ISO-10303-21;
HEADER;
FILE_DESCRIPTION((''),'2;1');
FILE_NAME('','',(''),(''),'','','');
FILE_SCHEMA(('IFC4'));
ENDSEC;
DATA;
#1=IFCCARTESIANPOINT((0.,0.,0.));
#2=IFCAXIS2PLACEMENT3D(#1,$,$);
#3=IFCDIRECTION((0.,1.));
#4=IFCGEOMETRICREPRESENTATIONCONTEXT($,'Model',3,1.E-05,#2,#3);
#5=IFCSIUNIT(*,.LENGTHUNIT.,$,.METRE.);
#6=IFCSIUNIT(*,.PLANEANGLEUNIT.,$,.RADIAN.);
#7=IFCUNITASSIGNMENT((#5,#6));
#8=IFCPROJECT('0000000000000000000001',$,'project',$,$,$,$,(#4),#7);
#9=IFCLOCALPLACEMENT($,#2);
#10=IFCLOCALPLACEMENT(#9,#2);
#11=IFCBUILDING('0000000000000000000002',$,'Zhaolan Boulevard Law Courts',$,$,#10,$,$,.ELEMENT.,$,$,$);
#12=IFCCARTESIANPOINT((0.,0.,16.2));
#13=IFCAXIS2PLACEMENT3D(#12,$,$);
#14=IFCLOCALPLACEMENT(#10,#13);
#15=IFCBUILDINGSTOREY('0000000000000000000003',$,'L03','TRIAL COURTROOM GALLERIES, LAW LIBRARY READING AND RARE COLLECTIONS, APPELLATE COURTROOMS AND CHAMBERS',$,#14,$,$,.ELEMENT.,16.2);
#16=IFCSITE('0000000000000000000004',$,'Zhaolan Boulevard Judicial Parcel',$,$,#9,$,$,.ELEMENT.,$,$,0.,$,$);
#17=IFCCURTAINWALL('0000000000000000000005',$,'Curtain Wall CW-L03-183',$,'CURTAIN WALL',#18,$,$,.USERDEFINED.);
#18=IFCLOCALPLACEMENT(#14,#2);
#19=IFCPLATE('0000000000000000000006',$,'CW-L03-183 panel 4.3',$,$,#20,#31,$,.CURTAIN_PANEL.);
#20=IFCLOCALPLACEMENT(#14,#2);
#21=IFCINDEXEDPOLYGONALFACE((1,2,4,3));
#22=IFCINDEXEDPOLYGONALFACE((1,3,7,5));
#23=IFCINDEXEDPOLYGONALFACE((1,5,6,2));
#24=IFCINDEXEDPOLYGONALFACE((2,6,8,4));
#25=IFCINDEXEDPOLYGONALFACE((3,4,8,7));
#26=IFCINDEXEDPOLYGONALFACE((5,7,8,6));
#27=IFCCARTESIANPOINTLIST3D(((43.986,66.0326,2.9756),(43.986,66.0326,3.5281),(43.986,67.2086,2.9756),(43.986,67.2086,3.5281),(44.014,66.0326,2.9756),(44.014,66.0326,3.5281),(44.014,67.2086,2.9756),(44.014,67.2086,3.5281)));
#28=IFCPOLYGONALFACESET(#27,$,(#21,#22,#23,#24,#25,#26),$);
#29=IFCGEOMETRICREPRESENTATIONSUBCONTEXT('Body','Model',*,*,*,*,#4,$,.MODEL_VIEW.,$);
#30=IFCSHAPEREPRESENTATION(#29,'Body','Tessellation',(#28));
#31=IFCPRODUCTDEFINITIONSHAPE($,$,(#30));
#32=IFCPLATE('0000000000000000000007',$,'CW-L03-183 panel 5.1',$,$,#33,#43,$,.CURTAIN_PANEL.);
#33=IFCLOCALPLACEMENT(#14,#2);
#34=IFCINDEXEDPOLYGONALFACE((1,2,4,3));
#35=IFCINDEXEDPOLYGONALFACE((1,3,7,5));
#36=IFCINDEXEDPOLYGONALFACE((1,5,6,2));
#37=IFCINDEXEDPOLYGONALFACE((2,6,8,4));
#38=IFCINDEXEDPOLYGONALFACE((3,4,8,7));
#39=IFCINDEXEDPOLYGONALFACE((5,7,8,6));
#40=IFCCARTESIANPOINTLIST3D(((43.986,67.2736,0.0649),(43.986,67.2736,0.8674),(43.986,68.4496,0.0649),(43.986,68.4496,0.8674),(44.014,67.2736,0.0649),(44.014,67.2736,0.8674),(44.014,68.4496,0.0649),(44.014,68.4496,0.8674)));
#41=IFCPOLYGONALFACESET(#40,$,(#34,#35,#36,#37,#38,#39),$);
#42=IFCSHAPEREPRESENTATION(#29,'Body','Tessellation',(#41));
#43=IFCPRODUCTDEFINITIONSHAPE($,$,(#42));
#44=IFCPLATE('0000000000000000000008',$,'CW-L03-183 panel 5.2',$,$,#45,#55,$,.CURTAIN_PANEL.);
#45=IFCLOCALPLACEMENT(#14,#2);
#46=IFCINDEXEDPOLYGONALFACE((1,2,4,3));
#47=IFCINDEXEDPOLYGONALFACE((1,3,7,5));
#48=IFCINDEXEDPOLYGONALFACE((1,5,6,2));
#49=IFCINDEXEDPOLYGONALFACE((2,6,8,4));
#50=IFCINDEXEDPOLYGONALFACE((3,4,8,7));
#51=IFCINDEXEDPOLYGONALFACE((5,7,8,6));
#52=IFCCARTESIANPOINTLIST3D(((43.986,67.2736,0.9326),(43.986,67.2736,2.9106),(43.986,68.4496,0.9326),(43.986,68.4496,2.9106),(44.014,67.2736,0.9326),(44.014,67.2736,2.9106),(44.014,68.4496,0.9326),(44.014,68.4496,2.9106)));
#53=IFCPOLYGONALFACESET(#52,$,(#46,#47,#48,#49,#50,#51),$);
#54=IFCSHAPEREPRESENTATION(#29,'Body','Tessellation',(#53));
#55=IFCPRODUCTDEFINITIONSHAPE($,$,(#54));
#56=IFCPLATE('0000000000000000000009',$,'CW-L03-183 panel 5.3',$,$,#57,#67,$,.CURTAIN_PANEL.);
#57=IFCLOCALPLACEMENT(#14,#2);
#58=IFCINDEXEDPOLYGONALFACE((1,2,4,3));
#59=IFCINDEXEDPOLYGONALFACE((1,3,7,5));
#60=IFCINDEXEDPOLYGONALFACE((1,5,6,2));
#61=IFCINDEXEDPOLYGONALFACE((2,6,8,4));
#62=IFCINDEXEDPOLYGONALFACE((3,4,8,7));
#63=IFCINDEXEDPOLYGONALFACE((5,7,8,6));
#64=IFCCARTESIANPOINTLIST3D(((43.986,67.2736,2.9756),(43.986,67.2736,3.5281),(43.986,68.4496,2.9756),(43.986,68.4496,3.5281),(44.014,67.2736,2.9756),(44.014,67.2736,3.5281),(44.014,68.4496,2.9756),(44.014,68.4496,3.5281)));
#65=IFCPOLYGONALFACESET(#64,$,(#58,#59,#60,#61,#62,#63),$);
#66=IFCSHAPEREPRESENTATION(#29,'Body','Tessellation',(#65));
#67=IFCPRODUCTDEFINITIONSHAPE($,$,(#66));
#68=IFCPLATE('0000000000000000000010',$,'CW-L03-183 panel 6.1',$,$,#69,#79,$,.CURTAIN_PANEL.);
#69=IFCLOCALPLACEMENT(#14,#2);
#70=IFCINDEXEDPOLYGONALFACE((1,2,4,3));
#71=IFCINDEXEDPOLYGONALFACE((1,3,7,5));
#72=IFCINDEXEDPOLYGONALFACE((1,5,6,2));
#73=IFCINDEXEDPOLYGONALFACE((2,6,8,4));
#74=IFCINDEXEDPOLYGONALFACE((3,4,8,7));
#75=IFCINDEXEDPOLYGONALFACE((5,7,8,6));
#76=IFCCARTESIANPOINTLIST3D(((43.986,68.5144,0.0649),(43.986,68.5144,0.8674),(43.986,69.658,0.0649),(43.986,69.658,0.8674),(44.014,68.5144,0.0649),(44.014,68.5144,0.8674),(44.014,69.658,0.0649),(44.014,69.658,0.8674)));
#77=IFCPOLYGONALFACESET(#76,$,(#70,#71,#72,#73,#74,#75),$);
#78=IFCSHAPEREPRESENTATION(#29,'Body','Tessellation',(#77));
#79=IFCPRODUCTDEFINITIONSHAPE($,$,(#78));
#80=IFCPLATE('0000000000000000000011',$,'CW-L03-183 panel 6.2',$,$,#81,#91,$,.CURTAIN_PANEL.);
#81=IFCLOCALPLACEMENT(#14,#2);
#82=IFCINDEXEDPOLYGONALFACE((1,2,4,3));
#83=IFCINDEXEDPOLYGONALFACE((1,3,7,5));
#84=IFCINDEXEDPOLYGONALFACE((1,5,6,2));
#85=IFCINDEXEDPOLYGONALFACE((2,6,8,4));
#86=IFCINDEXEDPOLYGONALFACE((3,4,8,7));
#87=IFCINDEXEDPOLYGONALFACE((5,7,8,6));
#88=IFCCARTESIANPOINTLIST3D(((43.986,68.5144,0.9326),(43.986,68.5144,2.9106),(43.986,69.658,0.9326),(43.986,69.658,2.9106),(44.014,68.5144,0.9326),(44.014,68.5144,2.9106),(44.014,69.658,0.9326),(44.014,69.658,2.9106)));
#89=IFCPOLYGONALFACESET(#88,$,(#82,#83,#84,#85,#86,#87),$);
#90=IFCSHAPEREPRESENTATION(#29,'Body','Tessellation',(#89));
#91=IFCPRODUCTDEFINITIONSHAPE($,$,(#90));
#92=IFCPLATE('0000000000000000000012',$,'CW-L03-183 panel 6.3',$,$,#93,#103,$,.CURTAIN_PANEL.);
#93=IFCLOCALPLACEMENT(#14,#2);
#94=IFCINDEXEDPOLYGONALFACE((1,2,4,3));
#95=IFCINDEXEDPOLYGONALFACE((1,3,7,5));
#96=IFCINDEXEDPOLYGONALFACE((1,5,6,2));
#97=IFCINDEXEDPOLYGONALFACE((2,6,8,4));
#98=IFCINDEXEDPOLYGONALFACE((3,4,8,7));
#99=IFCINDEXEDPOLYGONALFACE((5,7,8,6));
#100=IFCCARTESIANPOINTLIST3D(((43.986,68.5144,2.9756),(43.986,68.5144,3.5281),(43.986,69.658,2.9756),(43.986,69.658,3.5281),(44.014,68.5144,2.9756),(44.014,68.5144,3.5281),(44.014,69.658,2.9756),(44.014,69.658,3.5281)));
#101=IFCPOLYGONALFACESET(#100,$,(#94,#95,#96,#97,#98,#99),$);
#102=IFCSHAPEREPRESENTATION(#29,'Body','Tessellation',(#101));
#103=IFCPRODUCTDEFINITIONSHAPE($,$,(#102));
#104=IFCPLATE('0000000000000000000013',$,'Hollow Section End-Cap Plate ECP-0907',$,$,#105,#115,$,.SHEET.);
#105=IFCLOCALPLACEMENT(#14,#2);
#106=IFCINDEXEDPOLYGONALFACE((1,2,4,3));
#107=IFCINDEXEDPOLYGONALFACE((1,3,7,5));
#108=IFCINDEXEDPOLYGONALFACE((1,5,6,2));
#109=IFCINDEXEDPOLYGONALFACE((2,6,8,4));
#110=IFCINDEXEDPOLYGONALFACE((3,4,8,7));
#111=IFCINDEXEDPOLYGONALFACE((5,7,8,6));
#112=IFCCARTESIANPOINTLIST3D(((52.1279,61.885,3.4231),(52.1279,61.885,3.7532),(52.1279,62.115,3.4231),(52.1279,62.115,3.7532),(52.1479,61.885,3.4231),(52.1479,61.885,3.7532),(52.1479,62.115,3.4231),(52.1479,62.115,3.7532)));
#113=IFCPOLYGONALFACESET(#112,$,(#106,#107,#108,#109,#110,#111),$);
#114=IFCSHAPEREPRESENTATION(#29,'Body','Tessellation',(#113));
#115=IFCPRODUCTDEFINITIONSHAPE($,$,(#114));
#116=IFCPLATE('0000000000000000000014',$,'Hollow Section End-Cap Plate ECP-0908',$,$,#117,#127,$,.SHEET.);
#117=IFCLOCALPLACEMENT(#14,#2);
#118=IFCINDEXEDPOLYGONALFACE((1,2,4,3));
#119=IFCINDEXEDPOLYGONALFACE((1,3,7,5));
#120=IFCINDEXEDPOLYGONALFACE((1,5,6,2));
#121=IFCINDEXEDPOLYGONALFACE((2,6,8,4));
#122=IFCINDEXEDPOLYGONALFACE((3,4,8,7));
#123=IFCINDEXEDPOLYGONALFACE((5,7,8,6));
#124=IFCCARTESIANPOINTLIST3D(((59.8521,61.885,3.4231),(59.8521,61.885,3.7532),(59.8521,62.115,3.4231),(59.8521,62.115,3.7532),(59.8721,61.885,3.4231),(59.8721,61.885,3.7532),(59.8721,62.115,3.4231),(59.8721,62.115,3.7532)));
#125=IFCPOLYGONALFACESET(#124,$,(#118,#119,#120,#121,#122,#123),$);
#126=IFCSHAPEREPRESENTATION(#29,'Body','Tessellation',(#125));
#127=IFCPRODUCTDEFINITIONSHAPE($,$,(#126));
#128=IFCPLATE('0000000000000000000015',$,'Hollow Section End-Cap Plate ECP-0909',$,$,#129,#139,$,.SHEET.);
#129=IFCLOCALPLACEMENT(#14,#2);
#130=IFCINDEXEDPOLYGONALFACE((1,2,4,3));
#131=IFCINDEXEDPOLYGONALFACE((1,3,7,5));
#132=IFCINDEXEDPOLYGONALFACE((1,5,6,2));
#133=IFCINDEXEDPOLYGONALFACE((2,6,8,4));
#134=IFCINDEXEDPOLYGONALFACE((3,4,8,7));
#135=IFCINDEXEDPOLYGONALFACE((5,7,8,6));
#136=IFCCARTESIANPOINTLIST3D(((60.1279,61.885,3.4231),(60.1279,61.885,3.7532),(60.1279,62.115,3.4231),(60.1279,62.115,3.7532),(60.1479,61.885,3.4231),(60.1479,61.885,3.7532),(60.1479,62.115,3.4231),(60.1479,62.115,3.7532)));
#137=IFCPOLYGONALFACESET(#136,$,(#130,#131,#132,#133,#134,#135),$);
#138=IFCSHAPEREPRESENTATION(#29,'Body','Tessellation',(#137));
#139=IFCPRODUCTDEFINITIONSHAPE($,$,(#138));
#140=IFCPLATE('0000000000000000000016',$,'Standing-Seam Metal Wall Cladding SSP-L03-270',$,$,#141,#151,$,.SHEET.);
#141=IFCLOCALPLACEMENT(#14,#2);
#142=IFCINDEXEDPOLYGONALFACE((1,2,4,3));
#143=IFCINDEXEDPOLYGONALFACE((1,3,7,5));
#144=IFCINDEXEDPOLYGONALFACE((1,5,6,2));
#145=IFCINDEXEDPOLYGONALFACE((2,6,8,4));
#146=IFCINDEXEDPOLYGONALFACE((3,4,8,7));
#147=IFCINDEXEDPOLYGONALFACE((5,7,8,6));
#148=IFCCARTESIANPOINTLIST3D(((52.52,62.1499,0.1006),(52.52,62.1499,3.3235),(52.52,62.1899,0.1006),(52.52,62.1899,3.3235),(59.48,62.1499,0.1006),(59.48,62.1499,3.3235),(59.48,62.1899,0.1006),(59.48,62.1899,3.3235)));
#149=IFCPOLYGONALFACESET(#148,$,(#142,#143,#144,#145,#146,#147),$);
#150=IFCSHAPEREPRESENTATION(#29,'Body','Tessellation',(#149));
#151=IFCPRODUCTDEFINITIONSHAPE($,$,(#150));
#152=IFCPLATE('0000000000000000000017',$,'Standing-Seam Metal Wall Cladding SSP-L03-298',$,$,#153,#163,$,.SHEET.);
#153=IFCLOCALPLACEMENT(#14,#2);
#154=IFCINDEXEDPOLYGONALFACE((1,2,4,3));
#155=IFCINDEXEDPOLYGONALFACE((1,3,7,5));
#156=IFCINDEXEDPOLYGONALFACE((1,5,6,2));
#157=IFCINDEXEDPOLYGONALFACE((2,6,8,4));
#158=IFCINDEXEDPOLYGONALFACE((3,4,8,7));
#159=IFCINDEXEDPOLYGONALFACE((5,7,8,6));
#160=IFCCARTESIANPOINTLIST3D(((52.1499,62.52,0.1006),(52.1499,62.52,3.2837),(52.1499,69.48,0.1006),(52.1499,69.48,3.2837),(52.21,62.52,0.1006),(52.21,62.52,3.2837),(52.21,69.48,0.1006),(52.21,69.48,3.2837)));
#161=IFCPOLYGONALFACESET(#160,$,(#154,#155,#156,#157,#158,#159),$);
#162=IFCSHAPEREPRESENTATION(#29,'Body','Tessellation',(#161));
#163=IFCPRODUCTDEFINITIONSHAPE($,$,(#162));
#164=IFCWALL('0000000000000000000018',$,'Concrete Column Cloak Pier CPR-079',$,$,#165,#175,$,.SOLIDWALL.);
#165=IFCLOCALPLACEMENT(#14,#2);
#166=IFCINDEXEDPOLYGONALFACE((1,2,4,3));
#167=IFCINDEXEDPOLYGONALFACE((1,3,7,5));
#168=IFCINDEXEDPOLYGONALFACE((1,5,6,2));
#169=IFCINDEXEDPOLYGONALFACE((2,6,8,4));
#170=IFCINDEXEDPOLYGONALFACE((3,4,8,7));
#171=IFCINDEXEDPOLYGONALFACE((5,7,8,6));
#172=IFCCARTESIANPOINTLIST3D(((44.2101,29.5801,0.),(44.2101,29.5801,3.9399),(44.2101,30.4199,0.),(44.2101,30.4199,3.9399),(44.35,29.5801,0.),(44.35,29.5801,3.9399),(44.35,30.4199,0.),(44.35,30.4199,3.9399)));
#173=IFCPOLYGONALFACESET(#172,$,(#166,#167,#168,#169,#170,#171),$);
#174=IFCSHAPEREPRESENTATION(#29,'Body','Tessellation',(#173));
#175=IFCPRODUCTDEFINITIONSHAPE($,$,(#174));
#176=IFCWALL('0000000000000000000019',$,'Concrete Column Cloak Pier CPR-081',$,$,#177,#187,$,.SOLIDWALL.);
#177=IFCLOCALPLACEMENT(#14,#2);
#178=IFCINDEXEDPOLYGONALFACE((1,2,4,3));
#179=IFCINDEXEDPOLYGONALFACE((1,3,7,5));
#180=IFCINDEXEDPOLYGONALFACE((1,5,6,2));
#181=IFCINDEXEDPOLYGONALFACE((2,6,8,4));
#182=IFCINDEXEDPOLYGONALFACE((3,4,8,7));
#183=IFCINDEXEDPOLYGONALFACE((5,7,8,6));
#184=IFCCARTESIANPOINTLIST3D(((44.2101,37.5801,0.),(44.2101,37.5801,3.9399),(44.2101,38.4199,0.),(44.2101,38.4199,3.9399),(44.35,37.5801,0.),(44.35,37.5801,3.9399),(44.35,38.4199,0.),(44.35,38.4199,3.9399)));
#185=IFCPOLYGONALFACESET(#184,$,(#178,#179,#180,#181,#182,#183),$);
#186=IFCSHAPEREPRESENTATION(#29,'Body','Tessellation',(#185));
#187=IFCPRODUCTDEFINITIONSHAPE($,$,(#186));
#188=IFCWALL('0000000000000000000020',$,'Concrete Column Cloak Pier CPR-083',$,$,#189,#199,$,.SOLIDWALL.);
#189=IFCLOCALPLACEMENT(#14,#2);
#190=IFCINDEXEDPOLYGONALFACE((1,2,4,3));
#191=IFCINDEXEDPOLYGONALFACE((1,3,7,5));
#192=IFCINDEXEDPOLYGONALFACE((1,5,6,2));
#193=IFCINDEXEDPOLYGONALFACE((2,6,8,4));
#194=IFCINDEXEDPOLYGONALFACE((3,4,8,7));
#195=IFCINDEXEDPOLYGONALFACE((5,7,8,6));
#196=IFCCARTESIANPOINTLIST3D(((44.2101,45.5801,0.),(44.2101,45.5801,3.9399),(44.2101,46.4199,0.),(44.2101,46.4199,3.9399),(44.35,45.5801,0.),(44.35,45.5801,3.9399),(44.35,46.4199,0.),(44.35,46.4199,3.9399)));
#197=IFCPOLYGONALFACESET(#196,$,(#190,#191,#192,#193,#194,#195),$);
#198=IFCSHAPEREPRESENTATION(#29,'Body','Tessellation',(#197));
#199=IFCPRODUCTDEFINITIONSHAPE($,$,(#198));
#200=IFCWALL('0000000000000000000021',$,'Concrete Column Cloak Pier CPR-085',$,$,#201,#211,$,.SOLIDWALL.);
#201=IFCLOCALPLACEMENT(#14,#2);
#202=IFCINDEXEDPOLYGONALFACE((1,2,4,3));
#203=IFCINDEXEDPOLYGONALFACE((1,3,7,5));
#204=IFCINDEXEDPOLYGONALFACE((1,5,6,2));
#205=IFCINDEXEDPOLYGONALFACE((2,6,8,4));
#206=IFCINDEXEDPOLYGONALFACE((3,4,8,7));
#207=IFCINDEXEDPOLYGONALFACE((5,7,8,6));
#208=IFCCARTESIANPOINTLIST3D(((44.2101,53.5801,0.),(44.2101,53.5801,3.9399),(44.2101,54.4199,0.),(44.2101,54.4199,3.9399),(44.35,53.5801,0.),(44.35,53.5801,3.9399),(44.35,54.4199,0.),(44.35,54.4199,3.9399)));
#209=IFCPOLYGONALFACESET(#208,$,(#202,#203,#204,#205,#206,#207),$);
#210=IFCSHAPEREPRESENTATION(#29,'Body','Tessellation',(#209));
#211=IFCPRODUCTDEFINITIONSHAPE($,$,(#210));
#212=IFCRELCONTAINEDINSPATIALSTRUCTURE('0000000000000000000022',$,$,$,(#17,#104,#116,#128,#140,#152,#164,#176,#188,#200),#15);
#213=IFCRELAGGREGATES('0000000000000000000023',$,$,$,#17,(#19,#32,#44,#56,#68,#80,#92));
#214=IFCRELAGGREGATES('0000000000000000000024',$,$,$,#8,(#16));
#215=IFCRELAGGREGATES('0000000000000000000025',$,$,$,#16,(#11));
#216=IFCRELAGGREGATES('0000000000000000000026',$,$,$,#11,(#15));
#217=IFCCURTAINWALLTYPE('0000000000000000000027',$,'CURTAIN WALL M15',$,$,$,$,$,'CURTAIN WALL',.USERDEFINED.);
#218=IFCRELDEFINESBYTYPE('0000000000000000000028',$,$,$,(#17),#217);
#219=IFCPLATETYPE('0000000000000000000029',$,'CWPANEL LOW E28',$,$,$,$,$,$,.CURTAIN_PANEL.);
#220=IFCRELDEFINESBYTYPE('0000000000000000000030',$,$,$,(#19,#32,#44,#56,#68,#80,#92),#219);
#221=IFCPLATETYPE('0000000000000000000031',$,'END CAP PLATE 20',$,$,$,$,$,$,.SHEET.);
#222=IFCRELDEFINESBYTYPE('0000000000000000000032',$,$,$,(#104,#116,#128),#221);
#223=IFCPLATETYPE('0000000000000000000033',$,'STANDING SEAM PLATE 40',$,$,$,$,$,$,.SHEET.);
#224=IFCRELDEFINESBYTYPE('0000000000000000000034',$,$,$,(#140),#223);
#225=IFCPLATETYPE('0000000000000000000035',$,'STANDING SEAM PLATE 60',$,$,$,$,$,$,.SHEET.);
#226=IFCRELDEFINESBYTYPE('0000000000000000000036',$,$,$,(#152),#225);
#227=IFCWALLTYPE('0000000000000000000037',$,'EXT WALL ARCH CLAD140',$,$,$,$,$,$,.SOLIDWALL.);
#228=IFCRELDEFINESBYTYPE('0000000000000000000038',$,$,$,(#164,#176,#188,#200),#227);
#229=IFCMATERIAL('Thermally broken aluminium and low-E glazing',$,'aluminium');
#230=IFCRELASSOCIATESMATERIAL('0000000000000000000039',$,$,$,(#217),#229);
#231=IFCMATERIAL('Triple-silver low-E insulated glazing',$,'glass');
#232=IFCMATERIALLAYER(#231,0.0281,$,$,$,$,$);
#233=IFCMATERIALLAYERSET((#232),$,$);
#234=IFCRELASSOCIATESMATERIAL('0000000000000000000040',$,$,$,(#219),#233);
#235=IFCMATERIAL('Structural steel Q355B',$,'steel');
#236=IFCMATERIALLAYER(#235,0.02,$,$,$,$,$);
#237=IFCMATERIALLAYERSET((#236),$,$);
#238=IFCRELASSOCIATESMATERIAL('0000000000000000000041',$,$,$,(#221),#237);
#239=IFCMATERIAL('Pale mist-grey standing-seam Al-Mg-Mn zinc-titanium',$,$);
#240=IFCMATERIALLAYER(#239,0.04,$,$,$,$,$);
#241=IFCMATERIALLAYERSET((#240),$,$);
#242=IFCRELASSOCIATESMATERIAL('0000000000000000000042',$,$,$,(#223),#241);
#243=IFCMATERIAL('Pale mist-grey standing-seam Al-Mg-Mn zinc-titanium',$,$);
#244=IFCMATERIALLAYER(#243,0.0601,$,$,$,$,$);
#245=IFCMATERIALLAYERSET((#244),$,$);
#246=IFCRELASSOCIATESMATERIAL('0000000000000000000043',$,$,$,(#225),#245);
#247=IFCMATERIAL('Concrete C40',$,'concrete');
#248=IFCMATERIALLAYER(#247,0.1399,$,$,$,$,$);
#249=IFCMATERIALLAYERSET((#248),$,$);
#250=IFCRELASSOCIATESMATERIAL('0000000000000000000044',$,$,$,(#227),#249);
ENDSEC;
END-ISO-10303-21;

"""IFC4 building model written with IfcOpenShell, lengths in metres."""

from ifc_helpers import new_model, si_unit, direction, frame, frame_2d, origin, origin_2d, place, context, subcontext, project, spatial, rectangle, extrude, material, layer, layer_set, type_object, element, aggregate, save


model = new_model("IFC4")

# Units and contexts
model_context = context("Model", 3, precision=1e-05, world=origin(), true_north=direction((0.0, 1.0)))
body_context = subcontext(model_context, "Body", "Model", "MODEL_VIEW")
ifc_project = project(units=[si_unit("LENGTHUNIT", "METRE"), si_unit("PLANEANGLEUNIT", "RADIAN")], contexts=[model_context])

# Site, building, storey
site_placement = place(None, origin())
site = spatial("IfcSite", under=ifc_project, at=site_placement, Name="Zhaolan Boulevard Judicial Parcel", CompositionType="ELEMENT", RefElevation=0.0)
building_placement = place(site_placement, origin())
building = spatial("IfcBuilding", under=site, at=building_placement, Name="Zhaolan Boulevard Law Courts", CompositionType="ELEMENT")
storey_placement = place(building_placement, frame((0.0, 0.0, 16.2)))
storey = spatial("IfcBuildingStorey", under=building, at=storey_placement, Name="L03", Description="TRIAL COURTROOM GALLERIES, LAW LIBRARY READING AND RARE COLLECTIONS, APPELLATE COURTROOMS AND CHAMBERS", CompositionType="ELEMENT", Elevation=16.2)

# Curtain wall
ifc_material_1 = material(Name="Thermally broken aluminium and low-E glazing", Category="aluminium")
curtain_wall_type = type_object("IfcCurtainWallType", Name="CURTAIN WALL M15", ElementType="CURTAIN WALL", PredefinedType="USERDEFINED", material=ifc_material_1)
curtain_wall_placement = place(storey_placement, origin())
curtain_wall = element("IfcCurtainWall", 1, at=curtain_wall_placement, inside=storey, type_object=curtain_wall_type, Name="Curtain Wall CW-L03-183", ObjectType="CURTAIN WALL", PredefinedType="USERDEFINED")

# Plates
ifc_material_2 = material(Name="Triple-silver low-E insulated glazing", Category="glass")
ifc_layer_1 = layer(ifc_material_2, 0.0281)
ifc_layer_set_1 = layer_set([ifc_layer_1])
plate_type_1 = type_object("IfcPlateType", Name="CWPANEL LOW E28", PredefinedType="CURTAIN_PANEL", material=ifc_layer_set_1)
plate_1_placement = place(storey_placement, frame((44.0, 66.6206, 2.9756), z_axis=(0.0, 0.0, 1.0), x_axis=(0.0, 1.0, 0.0)))
plate_1 = element("IfcPlate", 2, at=plate_1_placement, type_object=plate_type_1, Name="CW-L03-183 panel 4.3", PredefinedType="CURTAIN_PANEL", context=body_context, shape_type="SweptSolid", body=[
    extrude(rectangle(XDim=1.176, YDim=0.0281, at=origin_2d()), origin(), (0.0, 0.0, 1.0), 0.5525),
])
plate_2_placement = place(storey_placement, frame((44.0, 67.8616, 0.0649), z_axis=(0.0, 0.0, 1.0), x_axis=(0.0, 1.0, 0.0)))
plate_2 = element("IfcPlate", 3, at=plate_2_placement, type_object=plate_type_1, Name="CW-L03-183 panel 5.1", PredefinedType="CURTAIN_PANEL", context=body_context, shape_type="SweptSolid", body=[
    extrude(rectangle(XDim=1.176, YDim=0.0281, at=origin_2d()), origin(), (0.0, 0.0, 1.0), 0.8025),
])
plate_3_placement = place(storey_placement, frame((44.0, 67.8616, 0.9326), z_axis=(0.0, 0.0, 1.0), x_axis=(0.0, 1.0, 0.0)))
plate_3 = element("IfcPlate", 4, at=plate_3_placement, type_object=plate_type_1, Name="CW-L03-183 panel 5.2", PredefinedType="CURTAIN_PANEL", context=body_context, shape_type="SweptSolid", body=[
    extrude(rectangle(XDim=1.176, YDim=0.0281, at=origin_2d()), origin(), (0.0, 0.0, 1.0), 1.978),
])
plate_4_placement = place(storey_placement, frame((44.0, 67.8616, 2.9756), z_axis=(0.0, 0.0, 1.0), x_axis=(0.0, 1.0, 0.0)))
plate_4 = element("IfcPlate", 5, at=plate_4_placement, type_object=plate_type_1, Name="CW-L03-183 panel 5.3", PredefinedType="CURTAIN_PANEL", context=body_context, shape_type="SweptSolid", body=[
    extrude(rectangle(XDim=1.176, YDim=0.0281, at=origin_2d()), origin(), (0.0, 0.0, 1.0), 0.5525),
])
plate_5_placement = place(storey_placement, frame((44.0, 69.0862, 0.0649), z_axis=(0.0, 0.0, 1.0), x_axis=(0.0, 1.0, 0.0)))
plate_5 = element("IfcPlate", 6, at=plate_5_placement, type_object=plate_type_1, Name="CW-L03-183 panel 6.1", PredefinedType="CURTAIN_PANEL", context=body_context, shape_type="SweptSolid", body=[
    extrude(rectangle(XDim=1.1436, YDim=0.0281, at=origin_2d()), origin(), (0.0, 0.0, 1.0), 0.8025),
])
plate_6_placement = place(storey_placement, frame((44.0, 69.0862, 0.9326), z_axis=(0.0, 0.0, 1.0), x_axis=(0.0, 1.0, 0.0)))
plate_6 = element("IfcPlate", 7, at=plate_6_placement, type_object=plate_type_1, Name="CW-L03-183 panel 6.2", PredefinedType="CURTAIN_PANEL", context=body_context, shape_type="SweptSolid", body=[
    extrude(rectangle(XDim=1.1436, YDim=0.0281, at=origin_2d()), origin(), (0.0, 0.0, 1.0), 1.978),
])
plate_7_placement = place(storey_placement, frame((44.0, 69.0862, 2.9756), z_axis=(0.0, 0.0, 1.0), x_axis=(0.0, 1.0, 0.0)))
plate_7 = element("IfcPlate", 8, at=plate_7_placement, type_object=plate_type_1, Name="CW-L03-183 panel 6.3", PredefinedType="CURTAIN_PANEL", context=body_context, shape_type="SweptSolid", body=[
    extrude(rectangle(XDim=1.1436, YDim=0.0281, at=origin_2d()), origin(), (0.0, 0.0, 1.0), 0.5525),
])
aggregate(curtain_wall, [plate_1, plate_2, plate_3, plate_4, plate_5, plate_6, plate_7])

# Plates
ifc_material_3 = material(Name="Structural steel Q355B", Category="steel")
ifc_layer_2 = layer(ifc_material_3, 0.02)
ifc_layer_set_2 = layer_set([ifc_layer_2])
plate_type_2 = type_object("IfcPlateType", Name="END CAP PLATE 20", PredefinedType="SHEET", material=ifc_layer_set_2)
for number, where, z_axis, x_axis, name in (
    (9, (52.1379, 62.0, 3.4231), (0.0, 0.0, 1.0), (1.0, 0.0, 0.0), "Hollow Section End-Cap Plate ECP-0907"),
    (10, (59.8621, 62.0, 3.4231), (0.0, 0.0, 1.0), (1.0, 0.0, 0.0), "Hollow Section End-Cap Plate ECP-0908"),
    (11, (60.1379, 62.0, 3.4231), (0.0, 0.0, 1.0), (1.0, 0.0, 0.0), "Hollow Section End-Cap Plate ECP-0909"),
):
    element("IfcPlate", number, at=place(storey_placement, frame(where, z_axis=z_axis, x_axis=x_axis)), inside=storey, type_object=plate_type_2, Name=name, PredefinedType="SHEET", context=body_context, shape_type="SweptSolid", body=[
        extrude(rectangle(XDim=0.02, YDim=0.23, at=origin_2d()), origin(), (0.0, 0.0, 1.0), 0.3301),
    ])
ifc_material_4 = material(Name="Pale mist-grey standing-seam Al-Mg-Mn zinc-titanium")
ifc_layer_3 = layer(ifc_material_4, 0.04)
ifc_layer_set_3 = layer_set([ifc_layer_3])
plate_type_3 = type_object("IfcPlateType", Name="STANDING SEAM PLATE 40", PredefinedType="SHEET", material=ifc_layer_set_3)
plate_8_placement = place(storey_placement, frame((56.0, 62.1699, 0.1006), z_axis=(0.0, 0.0, 1.0), x_axis=(1.0, 0.0, 0.0)))
element("IfcPlate", 12, at=plate_8_placement, inside=storey, type_object=plate_type_3, Name="Standing-Seam Metal Wall Cladding SSP-L03-270", PredefinedType="SHEET", context=body_context, shape_type="SweptSolid", body=[
    extrude(rectangle(XDim=6.96, YDim=0.04, at=origin_2d()), origin(), (0.0, 0.0, 1.0), 3.2229),
])
ifc_material_5 = material(Name="Pale mist-grey standing-seam Al-Mg-Mn zinc-titanium")
ifc_layer_4 = layer(ifc_material_5, 0.0601)
ifc_layer_set_4 = layer_set([ifc_layer_4])
plate_type_4 = type_object("IfcPlateType", Name="STANDING SEAM PLATE 60", PredefinedType="SHEET", material=ifc_layer_set_4)
plate_9_placement = place(storey_placement, frame((52.1799, 66.0, 0.1006), z_axis=(0.0, 0.0, 1.0), x_axis=(0.0, -1.0, 0.0)))
element("IfcPlate", 13, at=plate_9_placement, inside=storey, type_object=plate_type_4, Name="Standing-Seam Metal Wall Cladding SSP-L03-298", PredefinedType="SHEET", context=body_context, shape_type="SweptSolid", body=[
    extrude(rectangle(XDim=6.96, YDim=0.0601, at=origin_2d()), origin(), (0.0, 0.0, 1.0), 3.1831),
])

# Walls
ifc_material_6 = material(Name="Concrete C40", Category="concrete")
ifc_layer_5 = layer(ifc_material_6, 0.1399)
ifc_layer_set_5 = layer_set([ifc_layer_5])
wall_type_1 = type_object("IfcWallType", Name="EXT WALL ARCH CLAD140", PredefinedType="SOLIDWALL", material=ifc_layer_set_5)
for number, where, z_axis, x_axis, name in (
    (14, (44.28, 29.5801, 0.0), (0.0, 0.0, 1.0), (0.0, 1.0, 0.0), "Concrete Column Cloak Pier CPR-079"),
    (15, (44.28, 37.5801, 0.0), (0.0, 0.0, 1.0), (0.0, 1.0, 0.0), "Concrete Column Cloak Pier CPR-081"),
    (16, (44.28, 45.5801, 0.0), (0.0, 0.0, 1.0), (0.0, 1.0, 0.0), "Concrete Column Cloak Pier CPR-083"),
    (17, (44.28, 53.5801, 0.0), (0.0, 0.0, 1.0), (0.0, 1.0, 0.0), "Concrete Column Cloak Pier CPR-085"),
):
    element("IfcWall", number, at=place(storey_placement, frame(where, z_axis=z_axis, x_axis=x_axis)), inside=storey, type_object=wall_type_1, Name=name, PredefinedType="SOLIDWALL", context=body_context, shape_type="SweptSolid", body=[
        extrude(rectangle(XDim=0.8398, YDim=0.1399, at=frame_2d((0.4199, 0.0))), origin(), (0.0, 0.0, 1.0), 3.9399),
    ])

save(model, "model.ifc")
